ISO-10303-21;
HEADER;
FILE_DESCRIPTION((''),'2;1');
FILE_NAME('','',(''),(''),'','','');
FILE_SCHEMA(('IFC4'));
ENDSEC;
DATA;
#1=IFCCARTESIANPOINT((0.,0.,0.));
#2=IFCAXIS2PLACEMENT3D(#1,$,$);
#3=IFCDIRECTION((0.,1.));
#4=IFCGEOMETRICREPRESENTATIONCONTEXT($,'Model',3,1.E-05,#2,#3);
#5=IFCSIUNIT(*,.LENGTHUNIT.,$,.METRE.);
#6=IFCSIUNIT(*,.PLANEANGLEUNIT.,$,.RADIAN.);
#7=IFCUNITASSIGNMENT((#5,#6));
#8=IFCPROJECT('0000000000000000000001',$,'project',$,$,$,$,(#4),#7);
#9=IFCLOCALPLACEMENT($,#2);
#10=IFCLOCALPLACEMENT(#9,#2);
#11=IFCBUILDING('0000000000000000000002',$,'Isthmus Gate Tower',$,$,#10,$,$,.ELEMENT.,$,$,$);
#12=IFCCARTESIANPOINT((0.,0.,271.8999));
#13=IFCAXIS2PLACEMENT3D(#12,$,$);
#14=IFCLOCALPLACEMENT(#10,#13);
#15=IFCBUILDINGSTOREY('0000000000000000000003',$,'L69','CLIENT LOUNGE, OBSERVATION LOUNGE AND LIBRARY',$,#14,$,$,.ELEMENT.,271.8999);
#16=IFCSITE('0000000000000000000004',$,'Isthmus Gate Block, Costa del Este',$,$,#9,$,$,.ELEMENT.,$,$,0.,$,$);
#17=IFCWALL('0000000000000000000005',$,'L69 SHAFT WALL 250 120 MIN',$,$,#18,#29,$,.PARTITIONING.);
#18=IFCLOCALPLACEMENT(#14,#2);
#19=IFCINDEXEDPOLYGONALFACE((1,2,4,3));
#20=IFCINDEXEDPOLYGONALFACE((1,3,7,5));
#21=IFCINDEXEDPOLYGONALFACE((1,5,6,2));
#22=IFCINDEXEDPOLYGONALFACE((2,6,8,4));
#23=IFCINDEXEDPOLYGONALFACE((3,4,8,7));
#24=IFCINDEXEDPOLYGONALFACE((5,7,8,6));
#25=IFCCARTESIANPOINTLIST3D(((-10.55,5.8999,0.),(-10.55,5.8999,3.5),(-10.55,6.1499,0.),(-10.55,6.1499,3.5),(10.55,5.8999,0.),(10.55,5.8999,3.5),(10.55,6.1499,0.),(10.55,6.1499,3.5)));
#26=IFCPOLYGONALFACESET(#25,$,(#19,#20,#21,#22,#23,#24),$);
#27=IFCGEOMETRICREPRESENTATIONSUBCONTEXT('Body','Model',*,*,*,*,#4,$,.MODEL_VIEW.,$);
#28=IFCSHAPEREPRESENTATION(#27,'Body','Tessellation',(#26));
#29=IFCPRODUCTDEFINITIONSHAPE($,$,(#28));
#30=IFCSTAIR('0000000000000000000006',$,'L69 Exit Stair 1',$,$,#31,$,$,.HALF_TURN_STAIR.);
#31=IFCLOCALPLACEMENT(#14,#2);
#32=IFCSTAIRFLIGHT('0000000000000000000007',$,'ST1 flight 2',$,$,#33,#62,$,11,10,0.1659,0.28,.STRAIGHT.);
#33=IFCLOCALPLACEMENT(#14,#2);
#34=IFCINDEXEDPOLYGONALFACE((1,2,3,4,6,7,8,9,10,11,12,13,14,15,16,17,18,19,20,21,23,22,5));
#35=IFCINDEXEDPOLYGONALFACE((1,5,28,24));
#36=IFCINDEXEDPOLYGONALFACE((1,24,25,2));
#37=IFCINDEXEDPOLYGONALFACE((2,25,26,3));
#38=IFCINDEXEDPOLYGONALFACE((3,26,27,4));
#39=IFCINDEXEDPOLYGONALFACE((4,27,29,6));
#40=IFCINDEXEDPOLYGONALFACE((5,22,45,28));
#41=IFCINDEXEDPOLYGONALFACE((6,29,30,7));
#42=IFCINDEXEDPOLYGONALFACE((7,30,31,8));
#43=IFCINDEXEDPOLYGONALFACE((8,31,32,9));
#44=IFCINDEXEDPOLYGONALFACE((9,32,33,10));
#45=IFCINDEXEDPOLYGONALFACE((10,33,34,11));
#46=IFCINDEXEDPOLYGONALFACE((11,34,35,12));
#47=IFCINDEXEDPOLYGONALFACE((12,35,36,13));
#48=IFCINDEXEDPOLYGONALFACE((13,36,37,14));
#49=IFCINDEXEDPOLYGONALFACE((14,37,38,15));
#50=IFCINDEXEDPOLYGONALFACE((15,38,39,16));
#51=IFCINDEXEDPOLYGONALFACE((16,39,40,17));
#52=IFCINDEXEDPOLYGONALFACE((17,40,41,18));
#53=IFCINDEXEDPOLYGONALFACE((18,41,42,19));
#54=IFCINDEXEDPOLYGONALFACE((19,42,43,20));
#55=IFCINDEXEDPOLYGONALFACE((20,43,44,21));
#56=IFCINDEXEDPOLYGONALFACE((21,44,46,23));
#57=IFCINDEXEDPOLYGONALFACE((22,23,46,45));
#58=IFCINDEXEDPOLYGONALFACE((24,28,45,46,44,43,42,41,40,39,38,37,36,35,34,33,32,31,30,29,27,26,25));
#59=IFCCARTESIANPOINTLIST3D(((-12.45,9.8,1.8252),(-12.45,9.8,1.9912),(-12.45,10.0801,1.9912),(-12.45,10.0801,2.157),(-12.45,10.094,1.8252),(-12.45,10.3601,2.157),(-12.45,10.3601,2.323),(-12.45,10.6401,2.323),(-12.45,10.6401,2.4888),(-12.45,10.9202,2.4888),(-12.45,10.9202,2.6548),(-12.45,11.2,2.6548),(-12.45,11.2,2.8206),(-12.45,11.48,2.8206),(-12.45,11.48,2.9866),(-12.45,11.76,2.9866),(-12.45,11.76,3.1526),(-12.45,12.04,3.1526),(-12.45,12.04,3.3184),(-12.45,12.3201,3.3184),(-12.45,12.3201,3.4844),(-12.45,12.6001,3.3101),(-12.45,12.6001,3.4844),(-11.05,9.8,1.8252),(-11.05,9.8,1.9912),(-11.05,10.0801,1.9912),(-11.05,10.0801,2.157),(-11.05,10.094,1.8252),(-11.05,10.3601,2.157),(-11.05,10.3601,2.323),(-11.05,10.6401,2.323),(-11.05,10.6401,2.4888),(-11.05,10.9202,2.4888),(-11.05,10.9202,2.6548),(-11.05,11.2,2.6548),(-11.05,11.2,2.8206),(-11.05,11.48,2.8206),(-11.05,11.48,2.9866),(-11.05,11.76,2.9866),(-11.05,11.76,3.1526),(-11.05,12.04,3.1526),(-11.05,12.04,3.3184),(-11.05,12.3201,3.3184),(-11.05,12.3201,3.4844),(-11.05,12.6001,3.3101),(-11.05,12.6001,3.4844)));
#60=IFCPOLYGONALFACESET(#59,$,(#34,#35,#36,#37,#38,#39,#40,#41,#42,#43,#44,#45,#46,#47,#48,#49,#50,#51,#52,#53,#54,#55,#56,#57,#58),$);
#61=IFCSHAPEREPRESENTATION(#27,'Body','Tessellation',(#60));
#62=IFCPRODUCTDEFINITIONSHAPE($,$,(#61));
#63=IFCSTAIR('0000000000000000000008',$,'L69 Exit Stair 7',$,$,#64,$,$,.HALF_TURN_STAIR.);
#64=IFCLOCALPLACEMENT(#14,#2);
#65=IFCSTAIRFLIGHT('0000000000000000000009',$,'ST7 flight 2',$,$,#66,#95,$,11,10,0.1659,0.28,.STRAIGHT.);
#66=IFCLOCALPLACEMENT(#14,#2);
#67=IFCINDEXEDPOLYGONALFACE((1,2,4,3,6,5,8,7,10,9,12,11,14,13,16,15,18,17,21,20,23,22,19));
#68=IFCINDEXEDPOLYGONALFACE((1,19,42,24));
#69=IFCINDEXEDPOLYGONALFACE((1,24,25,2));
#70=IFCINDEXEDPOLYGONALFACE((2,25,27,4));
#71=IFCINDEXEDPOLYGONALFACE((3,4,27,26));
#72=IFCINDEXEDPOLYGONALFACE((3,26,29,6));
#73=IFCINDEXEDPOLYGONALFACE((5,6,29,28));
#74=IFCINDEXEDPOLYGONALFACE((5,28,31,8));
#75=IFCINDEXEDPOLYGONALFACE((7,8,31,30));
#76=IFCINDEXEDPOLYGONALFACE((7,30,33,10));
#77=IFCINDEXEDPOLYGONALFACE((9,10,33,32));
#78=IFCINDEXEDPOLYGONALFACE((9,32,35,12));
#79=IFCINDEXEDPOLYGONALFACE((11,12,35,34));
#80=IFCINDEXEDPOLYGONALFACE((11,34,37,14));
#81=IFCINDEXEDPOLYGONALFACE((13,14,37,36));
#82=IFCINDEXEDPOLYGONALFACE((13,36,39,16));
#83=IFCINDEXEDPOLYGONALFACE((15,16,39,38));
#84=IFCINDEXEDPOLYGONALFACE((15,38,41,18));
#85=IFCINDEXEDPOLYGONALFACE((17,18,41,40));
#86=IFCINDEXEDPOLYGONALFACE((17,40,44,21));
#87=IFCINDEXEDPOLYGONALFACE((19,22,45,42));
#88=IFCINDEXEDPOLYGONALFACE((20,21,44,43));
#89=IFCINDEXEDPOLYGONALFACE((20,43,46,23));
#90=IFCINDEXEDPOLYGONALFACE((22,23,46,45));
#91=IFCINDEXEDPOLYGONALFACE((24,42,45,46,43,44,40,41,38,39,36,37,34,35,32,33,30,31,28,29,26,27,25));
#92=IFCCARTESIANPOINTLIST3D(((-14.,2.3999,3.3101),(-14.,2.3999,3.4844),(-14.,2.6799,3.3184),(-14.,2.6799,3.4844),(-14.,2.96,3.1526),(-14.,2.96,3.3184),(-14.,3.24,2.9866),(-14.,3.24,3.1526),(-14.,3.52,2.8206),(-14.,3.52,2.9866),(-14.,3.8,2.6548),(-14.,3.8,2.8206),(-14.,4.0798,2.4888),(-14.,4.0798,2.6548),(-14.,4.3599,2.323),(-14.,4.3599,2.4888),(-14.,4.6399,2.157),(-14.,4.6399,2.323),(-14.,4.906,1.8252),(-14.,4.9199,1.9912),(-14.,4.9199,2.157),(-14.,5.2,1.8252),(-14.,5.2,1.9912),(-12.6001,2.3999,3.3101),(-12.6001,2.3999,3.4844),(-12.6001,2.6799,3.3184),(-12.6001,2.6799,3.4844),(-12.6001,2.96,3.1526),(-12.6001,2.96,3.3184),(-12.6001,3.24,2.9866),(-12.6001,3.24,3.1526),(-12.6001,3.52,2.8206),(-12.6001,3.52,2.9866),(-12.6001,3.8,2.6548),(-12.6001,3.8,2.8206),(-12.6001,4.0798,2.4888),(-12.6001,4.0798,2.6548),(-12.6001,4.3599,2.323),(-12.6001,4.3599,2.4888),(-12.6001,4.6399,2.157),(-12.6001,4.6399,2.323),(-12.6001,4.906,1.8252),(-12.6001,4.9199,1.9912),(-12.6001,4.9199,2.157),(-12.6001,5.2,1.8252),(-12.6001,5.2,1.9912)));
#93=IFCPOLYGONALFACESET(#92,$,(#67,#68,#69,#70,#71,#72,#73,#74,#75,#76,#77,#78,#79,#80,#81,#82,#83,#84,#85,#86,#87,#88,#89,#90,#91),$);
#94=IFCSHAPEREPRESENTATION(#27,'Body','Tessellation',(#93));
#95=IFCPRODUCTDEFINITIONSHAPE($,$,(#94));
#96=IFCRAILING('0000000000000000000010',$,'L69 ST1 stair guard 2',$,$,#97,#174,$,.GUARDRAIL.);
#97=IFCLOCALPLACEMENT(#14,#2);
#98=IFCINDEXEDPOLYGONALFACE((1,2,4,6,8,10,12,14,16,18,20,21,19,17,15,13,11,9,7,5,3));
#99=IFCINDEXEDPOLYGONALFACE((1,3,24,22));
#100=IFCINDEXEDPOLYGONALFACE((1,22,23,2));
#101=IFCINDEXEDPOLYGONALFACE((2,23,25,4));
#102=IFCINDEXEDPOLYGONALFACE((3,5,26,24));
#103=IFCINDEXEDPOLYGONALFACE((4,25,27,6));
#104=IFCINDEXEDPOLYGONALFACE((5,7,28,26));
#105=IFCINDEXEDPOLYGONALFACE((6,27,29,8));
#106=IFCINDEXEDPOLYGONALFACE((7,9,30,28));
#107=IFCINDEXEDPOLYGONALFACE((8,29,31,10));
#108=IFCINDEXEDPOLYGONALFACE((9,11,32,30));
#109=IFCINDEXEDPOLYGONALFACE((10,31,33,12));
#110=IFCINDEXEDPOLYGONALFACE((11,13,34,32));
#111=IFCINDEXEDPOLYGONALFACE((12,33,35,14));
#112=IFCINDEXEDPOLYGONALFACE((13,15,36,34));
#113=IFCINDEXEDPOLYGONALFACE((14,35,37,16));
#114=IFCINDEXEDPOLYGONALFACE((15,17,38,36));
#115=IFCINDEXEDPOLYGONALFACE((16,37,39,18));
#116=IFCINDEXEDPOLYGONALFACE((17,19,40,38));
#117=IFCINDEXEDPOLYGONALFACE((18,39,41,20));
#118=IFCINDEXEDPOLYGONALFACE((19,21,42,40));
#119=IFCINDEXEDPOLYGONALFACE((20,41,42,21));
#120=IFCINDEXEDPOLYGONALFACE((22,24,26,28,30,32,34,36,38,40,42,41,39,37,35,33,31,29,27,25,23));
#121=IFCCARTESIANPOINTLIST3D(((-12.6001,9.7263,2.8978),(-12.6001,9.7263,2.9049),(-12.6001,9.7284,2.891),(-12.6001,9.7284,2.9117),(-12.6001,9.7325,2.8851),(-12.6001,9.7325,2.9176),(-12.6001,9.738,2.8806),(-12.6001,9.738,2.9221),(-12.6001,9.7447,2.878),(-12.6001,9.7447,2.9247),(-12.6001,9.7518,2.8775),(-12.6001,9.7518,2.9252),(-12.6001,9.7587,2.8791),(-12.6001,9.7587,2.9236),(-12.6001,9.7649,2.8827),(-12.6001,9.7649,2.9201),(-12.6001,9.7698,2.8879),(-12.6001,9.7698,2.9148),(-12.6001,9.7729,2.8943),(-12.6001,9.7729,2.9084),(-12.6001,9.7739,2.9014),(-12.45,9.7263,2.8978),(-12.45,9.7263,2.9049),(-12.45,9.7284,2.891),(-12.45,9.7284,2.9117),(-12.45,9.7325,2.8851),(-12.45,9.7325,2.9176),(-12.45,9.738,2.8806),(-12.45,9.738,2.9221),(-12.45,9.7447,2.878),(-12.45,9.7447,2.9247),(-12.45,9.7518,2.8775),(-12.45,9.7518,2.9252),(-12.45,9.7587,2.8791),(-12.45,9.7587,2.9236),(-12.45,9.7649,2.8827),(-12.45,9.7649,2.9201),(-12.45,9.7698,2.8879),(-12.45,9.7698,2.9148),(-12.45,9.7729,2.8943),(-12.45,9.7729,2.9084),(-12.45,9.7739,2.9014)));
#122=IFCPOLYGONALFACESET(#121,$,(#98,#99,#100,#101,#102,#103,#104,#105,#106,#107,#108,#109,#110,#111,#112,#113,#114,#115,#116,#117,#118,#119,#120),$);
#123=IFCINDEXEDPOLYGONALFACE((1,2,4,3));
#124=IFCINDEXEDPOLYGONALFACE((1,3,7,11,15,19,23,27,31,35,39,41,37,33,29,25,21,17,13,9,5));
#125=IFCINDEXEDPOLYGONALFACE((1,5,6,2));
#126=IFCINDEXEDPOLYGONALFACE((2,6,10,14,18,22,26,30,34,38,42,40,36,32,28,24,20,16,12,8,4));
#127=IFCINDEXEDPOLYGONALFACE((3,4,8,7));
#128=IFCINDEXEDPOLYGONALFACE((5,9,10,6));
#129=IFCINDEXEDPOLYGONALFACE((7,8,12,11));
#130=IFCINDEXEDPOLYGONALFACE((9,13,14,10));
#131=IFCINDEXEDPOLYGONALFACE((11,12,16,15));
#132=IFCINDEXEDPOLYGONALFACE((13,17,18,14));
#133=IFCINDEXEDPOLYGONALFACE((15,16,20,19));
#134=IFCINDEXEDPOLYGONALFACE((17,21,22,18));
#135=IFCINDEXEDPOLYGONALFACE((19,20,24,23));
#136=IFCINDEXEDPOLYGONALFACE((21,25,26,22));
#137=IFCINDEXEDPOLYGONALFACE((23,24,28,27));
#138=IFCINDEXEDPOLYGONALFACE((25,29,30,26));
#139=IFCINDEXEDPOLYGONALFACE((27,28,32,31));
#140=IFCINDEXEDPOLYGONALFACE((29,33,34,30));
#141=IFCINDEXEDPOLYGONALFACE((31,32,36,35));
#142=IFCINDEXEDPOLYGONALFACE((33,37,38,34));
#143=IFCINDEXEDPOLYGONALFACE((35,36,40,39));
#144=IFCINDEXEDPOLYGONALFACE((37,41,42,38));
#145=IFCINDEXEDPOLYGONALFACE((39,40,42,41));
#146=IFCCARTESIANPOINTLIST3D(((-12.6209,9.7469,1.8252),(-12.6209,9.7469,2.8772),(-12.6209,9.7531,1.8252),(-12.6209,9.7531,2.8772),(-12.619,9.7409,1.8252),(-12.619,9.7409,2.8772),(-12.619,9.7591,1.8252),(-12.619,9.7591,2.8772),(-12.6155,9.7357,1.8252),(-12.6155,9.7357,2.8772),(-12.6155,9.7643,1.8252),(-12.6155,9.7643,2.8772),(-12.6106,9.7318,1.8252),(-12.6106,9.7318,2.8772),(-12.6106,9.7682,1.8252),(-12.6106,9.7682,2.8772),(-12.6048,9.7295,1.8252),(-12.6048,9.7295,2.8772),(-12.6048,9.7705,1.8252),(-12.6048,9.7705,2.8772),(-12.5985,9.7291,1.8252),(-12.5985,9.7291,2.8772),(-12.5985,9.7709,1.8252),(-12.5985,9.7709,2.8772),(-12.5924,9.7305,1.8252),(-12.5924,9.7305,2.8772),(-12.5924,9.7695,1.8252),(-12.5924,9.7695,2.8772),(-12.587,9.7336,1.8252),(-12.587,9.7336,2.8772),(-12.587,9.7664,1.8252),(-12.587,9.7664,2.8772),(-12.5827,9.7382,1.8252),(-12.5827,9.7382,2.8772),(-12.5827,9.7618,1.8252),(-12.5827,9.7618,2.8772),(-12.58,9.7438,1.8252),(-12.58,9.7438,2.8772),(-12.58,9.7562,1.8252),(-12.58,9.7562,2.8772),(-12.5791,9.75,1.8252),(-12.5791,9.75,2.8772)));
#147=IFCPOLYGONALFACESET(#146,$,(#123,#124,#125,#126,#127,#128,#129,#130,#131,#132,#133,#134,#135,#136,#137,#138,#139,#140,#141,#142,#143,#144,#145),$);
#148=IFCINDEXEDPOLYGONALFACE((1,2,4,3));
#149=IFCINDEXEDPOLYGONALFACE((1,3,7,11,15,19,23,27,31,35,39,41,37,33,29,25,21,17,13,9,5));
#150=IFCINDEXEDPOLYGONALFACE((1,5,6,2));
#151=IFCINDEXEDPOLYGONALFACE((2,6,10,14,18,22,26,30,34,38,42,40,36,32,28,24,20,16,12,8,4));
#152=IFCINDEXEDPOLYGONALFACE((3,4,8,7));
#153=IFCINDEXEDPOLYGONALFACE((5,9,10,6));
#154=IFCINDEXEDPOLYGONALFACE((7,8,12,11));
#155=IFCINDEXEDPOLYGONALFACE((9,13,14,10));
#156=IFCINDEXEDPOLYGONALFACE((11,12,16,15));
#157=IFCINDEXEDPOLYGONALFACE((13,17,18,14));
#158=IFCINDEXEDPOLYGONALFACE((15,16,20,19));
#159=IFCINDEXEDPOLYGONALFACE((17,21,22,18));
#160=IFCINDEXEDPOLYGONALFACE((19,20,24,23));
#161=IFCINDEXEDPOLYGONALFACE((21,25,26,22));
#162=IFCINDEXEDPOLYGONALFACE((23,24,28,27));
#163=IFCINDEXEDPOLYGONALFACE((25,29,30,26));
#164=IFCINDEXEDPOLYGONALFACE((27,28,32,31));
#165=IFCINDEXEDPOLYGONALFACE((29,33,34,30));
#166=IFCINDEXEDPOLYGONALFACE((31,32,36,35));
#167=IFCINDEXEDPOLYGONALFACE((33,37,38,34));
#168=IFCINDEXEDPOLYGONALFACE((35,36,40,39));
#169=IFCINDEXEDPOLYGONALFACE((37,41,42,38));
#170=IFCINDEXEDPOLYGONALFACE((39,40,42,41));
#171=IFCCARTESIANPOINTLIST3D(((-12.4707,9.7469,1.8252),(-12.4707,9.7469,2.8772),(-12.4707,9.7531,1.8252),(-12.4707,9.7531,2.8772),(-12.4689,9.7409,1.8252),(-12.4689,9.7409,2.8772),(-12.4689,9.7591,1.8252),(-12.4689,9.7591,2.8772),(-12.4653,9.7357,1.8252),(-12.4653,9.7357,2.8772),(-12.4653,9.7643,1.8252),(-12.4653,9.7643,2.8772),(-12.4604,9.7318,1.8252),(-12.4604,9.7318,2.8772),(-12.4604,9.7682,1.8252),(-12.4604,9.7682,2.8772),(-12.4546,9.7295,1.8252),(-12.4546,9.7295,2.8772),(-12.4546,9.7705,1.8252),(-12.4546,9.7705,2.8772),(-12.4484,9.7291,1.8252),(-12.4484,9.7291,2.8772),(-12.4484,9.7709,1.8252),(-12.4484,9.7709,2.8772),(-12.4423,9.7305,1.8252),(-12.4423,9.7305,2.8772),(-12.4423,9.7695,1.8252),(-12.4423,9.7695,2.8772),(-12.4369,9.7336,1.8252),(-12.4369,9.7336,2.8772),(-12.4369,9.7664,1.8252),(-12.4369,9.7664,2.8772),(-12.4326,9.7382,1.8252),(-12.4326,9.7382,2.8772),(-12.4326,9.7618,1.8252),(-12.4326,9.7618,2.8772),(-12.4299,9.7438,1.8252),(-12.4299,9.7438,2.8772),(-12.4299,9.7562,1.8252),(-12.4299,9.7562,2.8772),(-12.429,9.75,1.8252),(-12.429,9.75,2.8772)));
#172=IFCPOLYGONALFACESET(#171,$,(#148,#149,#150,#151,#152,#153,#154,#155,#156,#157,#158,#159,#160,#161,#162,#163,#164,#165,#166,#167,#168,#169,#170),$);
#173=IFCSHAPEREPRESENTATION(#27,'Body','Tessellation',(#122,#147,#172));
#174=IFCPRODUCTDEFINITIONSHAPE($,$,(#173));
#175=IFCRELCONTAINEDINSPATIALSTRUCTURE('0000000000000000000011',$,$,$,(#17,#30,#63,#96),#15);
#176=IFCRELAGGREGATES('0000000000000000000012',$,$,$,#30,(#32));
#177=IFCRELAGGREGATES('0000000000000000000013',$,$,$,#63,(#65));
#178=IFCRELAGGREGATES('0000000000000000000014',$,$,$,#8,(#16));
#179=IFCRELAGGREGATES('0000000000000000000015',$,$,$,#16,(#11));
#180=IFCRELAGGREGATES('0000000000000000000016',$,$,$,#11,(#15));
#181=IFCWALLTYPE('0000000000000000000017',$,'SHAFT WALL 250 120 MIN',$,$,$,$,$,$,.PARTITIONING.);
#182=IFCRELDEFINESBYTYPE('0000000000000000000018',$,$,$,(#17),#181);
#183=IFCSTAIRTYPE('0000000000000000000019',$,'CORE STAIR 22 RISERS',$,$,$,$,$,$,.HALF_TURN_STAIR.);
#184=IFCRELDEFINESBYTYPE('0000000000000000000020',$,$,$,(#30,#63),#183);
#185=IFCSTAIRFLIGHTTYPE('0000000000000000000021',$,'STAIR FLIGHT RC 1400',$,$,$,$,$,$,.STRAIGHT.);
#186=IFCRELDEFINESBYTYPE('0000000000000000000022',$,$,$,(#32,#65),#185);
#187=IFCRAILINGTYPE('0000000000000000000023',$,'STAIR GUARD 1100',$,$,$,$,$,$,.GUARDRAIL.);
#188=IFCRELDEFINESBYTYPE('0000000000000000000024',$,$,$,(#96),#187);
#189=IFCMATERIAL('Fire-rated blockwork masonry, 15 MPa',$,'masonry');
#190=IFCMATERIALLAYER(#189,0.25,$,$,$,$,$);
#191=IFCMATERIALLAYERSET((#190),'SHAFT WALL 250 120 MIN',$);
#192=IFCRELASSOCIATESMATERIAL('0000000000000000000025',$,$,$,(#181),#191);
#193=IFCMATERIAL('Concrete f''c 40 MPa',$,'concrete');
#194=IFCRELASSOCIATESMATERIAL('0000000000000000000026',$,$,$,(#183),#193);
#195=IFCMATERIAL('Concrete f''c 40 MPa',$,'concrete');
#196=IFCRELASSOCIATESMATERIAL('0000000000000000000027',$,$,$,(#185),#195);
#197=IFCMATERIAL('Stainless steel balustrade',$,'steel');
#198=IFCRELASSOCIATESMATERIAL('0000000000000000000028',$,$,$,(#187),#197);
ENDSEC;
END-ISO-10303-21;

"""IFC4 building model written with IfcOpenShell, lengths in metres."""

from ifc_helpers import new_model, si_unit, direction, frame, frame_2d, origin, origin_2d, place, context, subcontext, project, spatial, polyline, rectangle, circle, outline, extrude, material, layer, layer_set, type_object, element, aggregate, save


model = new_model("IFC4")

# Units and contexts
model_context = context("Model", 3, precision=1e-05, world=origin(), true_north=direction((0.0, 1.0)))
body_context = subcontext(model_context, "Body", "Model", "MODEL_VIEW")
ifc_project = project(units=[si_unit("LENGTHUNIT", "METRE"), si_unit("PLANEANGLEUNIT", "RADIAN")], contexts=[model_context])

# Site, building, storey
site_placement = place(None, origin())
site = spatial("IfcSite", under=ifc_project, at=site_placement, Name="Isthmus Gate Block, Costa del Este", CompositionType="ELEMENT", RefElevation=0.0)
building_placement = place(site_placement, origin())
building = spatial("IfcBuilding", under=site, at=building_placement, Name="Isthmus Gate Tower", CompositionType="ELEMENT")
storey_placement = place(building_placement, frame((0.0, 0.0, 271.8999)))
storey = spatial("IfcBuildingStorey", under=building, at=storey_placement, Name="L69", Description="CLIENT LOUNGE, OBSERVATION LOUNGE AND LIBRARY", CompositionType="ELEMENT", Elevation=271.8999)

# Wall
ifc_material_1 = material(Name="Fire-rated blockwork masonry, 15 MPa", Category="masonry")
ifc_layer_1 = layer(ifc_material_1, 0.25)
ifc_layer_set_1 = layer_set([ifc_layer_1], Name="SHAFT WALL 250 120 MIN")
wall_type_1 = type_object("IfcWallType", Name="SHAFT WALL 250 120 MIN", PredefinedType="PARTITIONING", material=ifc_layer_set_1)
wall_1_placement = place(storey_placement, frame((-10.55, 6.0249, 0.0), z_axis=(0.0, 0.0, 1.0), x_axis=(1.0, 0.0, 0.0)))
element("IfcWall", 1, at=wall_1_placement, inside=storey, type_object=wall_type_1, Name="L69 SHAFT WALL 250 120 MIN", PredefinedType="PARTITIONING", context=body_context, shape_type="SweptSolid", body=[
    extrude(rectangle(XDim=21.1001, YDim=0.25, at=frame_2d((10.55, 0.0))), origin(), (0.0, 0.0, 1.0), 3.5),
])

# Stairs, stair flights
ifc_material_2 = material(Name="Concrete f'c 40 MPa", Category="concrete")
stair_type = type_object("IfcStairType", Name="CORE STAIR 22 RISERS", PredefinedType="HALF_TURN_STAIR", material=ifc_material_2)
stair_1_placement = place(storey_placement, origin())
stair_1 = element("IfcStair", 2, at=stair_1_placement, inside=storey, type_object=stair_type, Name="L69 Exit Stair 1", PredefinedType="HALF_TURN_STAIR")
ifc_material_3 = material(Name="Concrete f'c 40 MPa", Category="concrete")
stair_flight_type = type_object("IfcStairFlightType", Name="STAIR FLIGHT RC 1400", PredefinedType="STRAIGHT", material=ifc_material_3)
stair_flight_1_placement = place(storey_placement, frame((-11.75, 9.8, 1.8252), z_axis=(0.0, 0.0, 1.0), x_axis=(0.0, 1.0, 0.0)))
stair_flight_1 = element("IfcStairFlight", 3, at=stair_flight_1_placement, type_object=stair_flight_type, Name="ST1 flight 2", NumberOfRisers=11, NumberOfTreads=10, PredefinedType="STRAIGHT", RiserHeight=0.1659, TreadLength=0.28, context=body_context, shape_type="SweptSolid", body=[
    extrude(outline(polyline([(0.0, 0.0), (0.0, 0.166), (0.28, 0.166), (0.28, 0.3318), (0.5601, 0.3318), (0.5601, 0.4978), (0.8401, 0.4978), (0.8401, 0.6636), (1.1201, 0.6636), (1.1201, 0.8296), (1.3999, 0.8296), (1.3999, 0.9954), (1.6799, 0.9954), (1.6799, 1.1614), (1.96, 1.1614), (1.96, 1.3274), (2.24, 1.3274), (2.24, 1.4932), (2.52, 1.4932), (2.52, 1.6592), (2.8, 1.6592), (2.8, 1.825), (2.8, 1.4849), (0.2939, 0.0), (0.0, 0.0)])), frame((0.0, 0.7, 0.0), z_axis=(0.0, -1.0, 0.0), x_axis=(1.0, 0.0, 0.0)), (0.0, 0.0, 1.0), 1.3999),
])
aggregate(stair_1, [stair_flight_1])
stair_2_placement = place(storey_placement, origin())
stair_2 = element("IfcStair", 4, at=stair_2_placement, inside=storey, type_object=stair_type, Name="L69 Exit Stair 7", PredefinedType="HALF_TURN_STAIR")
stair_flight_2_placement = place(storey_placement, frame((-13.3, 5.2, 1.8252), z_axis=(0.0, 0.0, 1.0), x_axis=(0.0, -1.0, 0.0)))
stair_flight_2 = element("IfcStairFlight", 5, at=stair_flight_2_placement, type_object=stair_flight_type, Name="ST7 flight 2", NumberOfRisers=11, NumberOfTreads=10, PredefinedType="STRAIGHT", RiserHeight=0.1659, TreadLength=0.28, context=body_context, shape_type="SweptSolid", body=[
    extrude(outline(polyline([(0.0, 0.0), (0.0, 0.166), (0.28, 0.166), (0.28, 0.3318), (0.5601, 0.3318), (0.5601, 0.4978), (0.8401, 0.4978), (0.8401, 0.6636), (1.1201, 0.6636), (1.1201, 0.8296), (1.3999, 0.8296), (1.3999, 0.9954), (1.6799, 0.9954), (1.6799, 1.1614), (1.96, 1.1614), (1.96, 1.3274), (2.24, 1.3274), (2.24, 1.4932), (2.52, 1.4932), (2.52, 1.6592), (2.8, 1.6592), (2.8, 1.825), (2.8, 1.4849), (0.2939, 0.0), (0.0, 0.0)])), frame((0.0, 0.7, 0.0), z_axis=(0.0, -1.0, 0.0), x_axis=(1.0, 0.0, 0.0)), (0.0, 0.0, 1.0), 1.3999),
])
aggregate(stair_2, [stair_flight_2])

# Railing
ifc_material_4 = material(Name="Stainless steel balustrade", Category="steel")
railing_type_1 = type_object("IfcRailingType", Name="STAIR GUARD 1100", PredefinedType="GUARDRAIL", material=ifc_material_4)
railing_1_placement = place(storey_placement, frame((-12.6001, 9.75, 1.8252)))
element("IfcRailing", 6, at=railing_1_placement, inside=storey, type_object=railing_type_1, Name="L69 ST1 stair guard 2", PredefinedType="GUARDRAIL", context=body_context, shape_type="SweptSolid", body=[
    extrude(circle(Radius=0.0239, at=origin_2d()), frame((0.0, 0.0, 1.0762), z_axis=(1.0, 0.0, 0.0), x_axis=(0.0, 1.0, 0.0)), (0.0, 0.0, 1.0), 0.1501),
    extrude(circle(Radius=0.021, at=origin_2d()), origin(), (0.0, 0.0, 1.0), 1.052),
    extrude(circle(Radius=0.021, at=origin_2d()), frame((0.1501, 0.0, 0.0)), (0.0, 0.0, 1.0), 1.052),
])

save(model, "model.ifc")
